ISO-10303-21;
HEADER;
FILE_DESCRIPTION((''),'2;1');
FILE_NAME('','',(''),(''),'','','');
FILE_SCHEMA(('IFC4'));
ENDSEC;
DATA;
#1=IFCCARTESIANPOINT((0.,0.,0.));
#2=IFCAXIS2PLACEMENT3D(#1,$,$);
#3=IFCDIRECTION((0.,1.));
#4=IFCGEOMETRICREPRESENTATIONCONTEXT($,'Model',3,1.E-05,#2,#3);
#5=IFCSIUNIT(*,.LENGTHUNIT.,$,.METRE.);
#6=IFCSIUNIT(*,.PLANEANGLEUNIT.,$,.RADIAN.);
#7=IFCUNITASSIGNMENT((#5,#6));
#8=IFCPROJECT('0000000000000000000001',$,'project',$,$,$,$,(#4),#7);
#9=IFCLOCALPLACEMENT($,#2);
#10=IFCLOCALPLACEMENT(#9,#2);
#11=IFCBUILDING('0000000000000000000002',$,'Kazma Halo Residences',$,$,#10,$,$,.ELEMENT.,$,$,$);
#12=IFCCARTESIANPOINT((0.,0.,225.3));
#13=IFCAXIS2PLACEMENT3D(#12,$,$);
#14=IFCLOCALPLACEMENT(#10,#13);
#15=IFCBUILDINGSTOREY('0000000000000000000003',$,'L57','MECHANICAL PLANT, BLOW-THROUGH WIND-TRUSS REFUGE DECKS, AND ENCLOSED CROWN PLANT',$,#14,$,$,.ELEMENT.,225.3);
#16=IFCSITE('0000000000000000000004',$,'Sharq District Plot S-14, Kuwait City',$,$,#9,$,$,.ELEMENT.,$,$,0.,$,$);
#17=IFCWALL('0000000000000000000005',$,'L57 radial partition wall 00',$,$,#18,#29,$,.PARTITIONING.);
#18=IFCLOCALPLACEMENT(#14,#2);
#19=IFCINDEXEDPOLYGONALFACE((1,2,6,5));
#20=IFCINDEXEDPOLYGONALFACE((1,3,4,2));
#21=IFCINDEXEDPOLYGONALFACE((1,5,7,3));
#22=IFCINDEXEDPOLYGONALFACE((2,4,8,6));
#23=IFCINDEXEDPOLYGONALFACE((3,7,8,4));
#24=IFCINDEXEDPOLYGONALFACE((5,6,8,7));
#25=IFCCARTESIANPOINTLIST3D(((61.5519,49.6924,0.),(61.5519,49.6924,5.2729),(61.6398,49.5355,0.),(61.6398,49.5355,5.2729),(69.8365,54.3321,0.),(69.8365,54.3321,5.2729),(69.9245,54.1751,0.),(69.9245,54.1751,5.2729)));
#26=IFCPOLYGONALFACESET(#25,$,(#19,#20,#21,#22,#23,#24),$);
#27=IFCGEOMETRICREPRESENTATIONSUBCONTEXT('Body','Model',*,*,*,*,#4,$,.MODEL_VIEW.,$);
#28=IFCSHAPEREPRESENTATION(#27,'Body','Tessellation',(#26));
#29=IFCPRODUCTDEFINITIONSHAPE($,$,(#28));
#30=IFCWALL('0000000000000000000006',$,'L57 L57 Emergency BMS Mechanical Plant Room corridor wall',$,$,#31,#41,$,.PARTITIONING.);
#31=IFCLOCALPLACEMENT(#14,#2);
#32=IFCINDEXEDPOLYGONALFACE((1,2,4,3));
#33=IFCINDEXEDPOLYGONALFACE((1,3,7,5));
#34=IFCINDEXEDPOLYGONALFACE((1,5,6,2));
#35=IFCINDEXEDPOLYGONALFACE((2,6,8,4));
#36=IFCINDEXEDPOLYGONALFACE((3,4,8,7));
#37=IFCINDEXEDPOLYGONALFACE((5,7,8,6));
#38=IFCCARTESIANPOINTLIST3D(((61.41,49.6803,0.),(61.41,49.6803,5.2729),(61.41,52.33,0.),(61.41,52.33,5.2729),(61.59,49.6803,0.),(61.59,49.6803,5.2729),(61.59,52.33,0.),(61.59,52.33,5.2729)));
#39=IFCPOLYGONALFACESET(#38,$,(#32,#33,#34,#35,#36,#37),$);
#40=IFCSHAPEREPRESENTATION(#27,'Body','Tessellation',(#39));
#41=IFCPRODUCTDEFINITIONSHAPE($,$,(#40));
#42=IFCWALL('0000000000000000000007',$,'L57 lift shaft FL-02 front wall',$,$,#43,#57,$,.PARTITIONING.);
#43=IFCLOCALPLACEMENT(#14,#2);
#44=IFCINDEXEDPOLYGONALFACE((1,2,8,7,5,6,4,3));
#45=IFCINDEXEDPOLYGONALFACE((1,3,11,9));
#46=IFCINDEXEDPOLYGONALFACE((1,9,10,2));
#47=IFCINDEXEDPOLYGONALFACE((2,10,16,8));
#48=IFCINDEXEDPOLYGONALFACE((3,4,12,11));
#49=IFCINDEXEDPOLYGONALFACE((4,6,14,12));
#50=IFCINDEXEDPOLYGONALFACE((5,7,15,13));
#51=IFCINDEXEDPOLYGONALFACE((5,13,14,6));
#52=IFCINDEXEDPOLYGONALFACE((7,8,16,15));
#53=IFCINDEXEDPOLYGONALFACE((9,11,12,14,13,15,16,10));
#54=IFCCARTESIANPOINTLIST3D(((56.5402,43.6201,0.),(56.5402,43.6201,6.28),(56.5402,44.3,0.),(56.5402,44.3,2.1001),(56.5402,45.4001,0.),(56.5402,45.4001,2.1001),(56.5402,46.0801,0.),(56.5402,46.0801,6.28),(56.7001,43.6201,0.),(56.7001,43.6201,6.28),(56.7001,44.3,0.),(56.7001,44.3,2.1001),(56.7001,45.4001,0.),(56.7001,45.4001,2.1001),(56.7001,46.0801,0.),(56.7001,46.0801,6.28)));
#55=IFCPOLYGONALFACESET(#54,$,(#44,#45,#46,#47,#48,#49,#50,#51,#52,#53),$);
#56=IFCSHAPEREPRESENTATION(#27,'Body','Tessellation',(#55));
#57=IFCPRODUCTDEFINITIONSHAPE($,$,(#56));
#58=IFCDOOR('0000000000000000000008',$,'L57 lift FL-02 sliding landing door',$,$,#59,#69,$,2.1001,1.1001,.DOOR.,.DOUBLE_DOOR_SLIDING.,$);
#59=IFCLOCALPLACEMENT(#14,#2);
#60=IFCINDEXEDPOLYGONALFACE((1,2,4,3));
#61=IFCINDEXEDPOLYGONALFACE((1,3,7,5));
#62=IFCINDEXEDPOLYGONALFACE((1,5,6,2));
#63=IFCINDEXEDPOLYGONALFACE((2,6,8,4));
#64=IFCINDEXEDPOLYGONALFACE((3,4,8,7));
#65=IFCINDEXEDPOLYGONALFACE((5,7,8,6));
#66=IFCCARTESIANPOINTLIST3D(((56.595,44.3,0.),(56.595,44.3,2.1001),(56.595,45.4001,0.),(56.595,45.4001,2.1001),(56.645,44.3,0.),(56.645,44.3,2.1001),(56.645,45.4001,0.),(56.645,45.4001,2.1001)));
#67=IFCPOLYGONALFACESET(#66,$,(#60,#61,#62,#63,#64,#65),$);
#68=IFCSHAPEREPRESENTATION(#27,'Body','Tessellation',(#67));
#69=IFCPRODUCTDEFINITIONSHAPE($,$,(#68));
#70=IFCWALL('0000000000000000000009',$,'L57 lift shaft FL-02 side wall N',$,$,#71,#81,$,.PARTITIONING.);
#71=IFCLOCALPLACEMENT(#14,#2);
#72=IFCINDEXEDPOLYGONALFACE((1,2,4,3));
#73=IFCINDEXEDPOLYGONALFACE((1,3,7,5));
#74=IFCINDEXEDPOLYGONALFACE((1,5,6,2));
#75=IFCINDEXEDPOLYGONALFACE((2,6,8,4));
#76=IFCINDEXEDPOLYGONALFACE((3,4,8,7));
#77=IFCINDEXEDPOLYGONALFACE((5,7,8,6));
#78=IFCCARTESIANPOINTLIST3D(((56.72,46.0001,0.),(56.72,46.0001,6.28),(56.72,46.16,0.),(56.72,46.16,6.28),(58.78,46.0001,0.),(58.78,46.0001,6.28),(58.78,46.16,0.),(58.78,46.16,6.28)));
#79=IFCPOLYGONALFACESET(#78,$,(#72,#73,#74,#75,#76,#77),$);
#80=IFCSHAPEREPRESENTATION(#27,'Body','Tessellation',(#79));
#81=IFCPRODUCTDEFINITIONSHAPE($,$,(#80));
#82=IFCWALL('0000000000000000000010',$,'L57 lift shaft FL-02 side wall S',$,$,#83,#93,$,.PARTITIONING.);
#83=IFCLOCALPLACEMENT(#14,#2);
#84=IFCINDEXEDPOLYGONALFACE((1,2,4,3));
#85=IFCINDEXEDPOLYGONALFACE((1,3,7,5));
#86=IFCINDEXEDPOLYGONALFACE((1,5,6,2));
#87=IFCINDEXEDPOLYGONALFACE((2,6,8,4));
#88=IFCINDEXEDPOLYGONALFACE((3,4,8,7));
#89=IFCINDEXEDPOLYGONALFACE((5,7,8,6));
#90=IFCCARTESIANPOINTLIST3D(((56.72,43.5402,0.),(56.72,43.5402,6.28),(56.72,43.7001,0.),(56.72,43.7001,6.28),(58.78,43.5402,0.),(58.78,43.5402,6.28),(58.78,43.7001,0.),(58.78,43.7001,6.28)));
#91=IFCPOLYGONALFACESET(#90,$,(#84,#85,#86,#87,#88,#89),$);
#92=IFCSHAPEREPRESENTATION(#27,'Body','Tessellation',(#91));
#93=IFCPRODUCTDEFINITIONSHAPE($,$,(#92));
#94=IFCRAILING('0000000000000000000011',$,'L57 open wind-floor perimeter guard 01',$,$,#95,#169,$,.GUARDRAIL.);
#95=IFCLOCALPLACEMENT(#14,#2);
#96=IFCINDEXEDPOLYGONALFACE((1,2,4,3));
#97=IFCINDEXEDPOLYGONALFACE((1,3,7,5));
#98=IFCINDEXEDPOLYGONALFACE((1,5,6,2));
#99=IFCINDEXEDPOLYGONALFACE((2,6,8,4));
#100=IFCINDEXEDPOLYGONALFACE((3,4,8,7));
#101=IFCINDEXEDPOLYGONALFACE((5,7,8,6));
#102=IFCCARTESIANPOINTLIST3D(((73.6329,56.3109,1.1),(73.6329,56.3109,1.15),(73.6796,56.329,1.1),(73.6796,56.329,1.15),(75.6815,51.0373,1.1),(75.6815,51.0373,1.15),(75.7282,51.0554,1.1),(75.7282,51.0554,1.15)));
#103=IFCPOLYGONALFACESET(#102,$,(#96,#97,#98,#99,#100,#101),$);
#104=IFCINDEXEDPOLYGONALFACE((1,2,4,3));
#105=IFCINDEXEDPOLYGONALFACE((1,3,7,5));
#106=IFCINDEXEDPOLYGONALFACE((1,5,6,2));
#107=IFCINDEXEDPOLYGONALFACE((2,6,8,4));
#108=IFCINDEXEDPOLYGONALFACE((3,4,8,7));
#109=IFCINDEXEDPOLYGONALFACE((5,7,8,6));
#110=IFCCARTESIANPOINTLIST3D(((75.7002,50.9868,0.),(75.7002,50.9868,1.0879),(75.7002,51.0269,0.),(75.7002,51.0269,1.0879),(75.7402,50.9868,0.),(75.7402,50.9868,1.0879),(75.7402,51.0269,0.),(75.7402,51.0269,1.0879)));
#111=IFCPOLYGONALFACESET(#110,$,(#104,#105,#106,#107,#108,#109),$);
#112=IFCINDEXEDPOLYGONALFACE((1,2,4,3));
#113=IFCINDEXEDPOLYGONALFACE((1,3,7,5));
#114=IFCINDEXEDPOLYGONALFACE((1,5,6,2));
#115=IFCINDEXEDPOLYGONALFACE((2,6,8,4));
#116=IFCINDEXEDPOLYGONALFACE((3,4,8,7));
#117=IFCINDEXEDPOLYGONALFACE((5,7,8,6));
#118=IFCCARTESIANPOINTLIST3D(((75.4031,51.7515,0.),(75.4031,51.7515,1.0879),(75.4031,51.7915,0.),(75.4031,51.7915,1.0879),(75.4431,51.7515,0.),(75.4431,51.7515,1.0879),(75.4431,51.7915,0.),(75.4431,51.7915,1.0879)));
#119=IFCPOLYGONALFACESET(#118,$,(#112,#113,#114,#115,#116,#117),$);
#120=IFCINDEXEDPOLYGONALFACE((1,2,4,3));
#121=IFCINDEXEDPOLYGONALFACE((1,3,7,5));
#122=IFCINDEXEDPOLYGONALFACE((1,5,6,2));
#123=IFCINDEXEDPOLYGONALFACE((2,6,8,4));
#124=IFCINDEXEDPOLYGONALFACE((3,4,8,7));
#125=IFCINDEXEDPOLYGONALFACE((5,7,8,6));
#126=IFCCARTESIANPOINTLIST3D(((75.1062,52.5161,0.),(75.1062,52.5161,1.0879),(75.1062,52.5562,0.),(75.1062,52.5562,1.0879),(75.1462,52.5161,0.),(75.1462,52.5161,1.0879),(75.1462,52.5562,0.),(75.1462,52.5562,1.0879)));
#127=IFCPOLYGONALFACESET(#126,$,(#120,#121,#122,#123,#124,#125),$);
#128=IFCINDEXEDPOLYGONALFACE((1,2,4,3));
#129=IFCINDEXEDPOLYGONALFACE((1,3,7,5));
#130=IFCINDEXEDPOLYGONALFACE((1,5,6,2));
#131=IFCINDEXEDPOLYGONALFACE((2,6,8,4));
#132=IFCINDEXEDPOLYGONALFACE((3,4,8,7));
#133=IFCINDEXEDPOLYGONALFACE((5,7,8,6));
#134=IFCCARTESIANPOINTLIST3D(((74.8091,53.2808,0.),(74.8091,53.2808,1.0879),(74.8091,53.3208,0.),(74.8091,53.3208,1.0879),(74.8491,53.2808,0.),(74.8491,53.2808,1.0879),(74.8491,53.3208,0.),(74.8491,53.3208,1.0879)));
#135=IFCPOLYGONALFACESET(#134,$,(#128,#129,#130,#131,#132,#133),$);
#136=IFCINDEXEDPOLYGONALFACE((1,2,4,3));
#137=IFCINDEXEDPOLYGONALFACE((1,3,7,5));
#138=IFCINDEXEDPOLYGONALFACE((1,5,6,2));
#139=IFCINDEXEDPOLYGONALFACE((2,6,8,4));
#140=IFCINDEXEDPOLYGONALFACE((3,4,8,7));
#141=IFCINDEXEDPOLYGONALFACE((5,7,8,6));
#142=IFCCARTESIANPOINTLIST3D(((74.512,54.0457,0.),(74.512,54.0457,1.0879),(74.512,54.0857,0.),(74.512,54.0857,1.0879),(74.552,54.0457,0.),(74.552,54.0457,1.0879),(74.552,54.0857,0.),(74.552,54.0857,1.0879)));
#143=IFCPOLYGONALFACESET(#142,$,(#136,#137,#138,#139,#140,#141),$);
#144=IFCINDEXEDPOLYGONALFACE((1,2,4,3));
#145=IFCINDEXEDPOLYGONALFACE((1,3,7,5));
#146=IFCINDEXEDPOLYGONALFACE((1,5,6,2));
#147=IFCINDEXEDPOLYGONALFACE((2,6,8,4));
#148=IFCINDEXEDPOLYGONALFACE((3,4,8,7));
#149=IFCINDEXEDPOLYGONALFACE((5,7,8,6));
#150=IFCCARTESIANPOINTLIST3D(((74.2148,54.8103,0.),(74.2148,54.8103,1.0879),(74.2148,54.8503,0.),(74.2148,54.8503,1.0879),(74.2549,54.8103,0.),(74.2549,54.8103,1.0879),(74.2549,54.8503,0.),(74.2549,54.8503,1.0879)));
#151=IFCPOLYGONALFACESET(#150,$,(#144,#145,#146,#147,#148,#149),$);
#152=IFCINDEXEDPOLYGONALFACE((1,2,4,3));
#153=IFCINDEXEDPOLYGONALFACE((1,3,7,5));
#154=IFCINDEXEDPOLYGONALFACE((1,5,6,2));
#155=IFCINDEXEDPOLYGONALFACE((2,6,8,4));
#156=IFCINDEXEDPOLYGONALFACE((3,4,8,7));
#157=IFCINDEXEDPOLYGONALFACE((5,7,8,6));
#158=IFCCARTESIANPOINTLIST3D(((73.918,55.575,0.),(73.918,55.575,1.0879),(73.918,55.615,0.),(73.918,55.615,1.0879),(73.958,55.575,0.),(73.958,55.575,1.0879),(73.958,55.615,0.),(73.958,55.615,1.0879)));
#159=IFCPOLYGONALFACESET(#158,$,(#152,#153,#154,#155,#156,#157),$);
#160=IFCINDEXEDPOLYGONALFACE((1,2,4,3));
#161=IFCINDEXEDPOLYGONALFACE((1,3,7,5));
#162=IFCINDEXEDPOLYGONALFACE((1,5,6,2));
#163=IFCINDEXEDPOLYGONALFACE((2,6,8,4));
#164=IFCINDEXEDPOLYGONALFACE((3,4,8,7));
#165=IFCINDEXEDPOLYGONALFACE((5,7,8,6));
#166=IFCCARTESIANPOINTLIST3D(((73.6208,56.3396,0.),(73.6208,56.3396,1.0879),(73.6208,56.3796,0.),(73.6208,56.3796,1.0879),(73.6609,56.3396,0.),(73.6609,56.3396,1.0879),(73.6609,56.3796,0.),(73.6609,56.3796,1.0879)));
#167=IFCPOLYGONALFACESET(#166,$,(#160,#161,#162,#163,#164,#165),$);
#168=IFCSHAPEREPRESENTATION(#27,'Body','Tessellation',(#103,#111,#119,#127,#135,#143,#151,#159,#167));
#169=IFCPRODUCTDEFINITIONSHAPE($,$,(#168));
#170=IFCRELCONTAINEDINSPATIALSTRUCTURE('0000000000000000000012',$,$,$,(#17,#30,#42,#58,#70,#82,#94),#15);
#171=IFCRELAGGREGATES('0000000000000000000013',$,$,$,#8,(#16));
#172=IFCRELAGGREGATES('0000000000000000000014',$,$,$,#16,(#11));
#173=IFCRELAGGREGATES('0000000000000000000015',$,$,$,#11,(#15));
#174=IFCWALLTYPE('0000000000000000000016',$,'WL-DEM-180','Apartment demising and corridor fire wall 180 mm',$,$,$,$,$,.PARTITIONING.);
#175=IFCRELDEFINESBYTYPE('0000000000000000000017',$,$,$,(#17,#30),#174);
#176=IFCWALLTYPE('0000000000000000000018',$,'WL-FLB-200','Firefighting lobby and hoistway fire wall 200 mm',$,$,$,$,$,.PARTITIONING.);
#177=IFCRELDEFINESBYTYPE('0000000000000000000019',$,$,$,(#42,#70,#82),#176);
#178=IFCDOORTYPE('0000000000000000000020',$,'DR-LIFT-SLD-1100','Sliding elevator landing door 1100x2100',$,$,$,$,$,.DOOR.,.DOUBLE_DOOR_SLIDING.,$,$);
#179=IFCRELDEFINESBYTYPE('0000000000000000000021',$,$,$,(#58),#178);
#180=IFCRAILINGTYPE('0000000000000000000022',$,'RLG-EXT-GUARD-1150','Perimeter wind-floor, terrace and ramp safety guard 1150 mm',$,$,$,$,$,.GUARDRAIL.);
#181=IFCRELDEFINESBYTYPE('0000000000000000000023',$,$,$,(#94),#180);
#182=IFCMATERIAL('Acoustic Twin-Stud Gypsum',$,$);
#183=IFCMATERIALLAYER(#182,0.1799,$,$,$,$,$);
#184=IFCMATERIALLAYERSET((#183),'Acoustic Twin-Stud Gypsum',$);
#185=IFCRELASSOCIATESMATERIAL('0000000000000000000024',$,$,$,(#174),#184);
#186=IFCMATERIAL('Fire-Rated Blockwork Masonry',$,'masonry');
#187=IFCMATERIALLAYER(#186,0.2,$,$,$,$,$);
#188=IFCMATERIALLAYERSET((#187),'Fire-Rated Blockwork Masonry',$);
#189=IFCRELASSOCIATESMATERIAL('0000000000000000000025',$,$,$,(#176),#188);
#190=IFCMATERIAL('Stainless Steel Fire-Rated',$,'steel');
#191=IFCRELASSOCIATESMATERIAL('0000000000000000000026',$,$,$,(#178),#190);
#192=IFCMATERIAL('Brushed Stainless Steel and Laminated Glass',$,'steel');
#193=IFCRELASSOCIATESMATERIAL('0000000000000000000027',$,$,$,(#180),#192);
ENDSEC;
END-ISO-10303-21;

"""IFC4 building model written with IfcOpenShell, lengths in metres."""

from ifc_helpers import new_model, si_unit, direction, frame, frame_2d, origin, origin_2d, place, context, subcontext, project, spatial, rectangle, extrude, material, layer, layer_set, type_object, element, fill, save


model = new_model("IFC4")

# Units and contexts
model_context = context("Model", 3, precision=1e-05, world=origin(), true_north=direction((0.0, 1.0)))
body_context = subcontext(model_context, "Body", "Model", "MODEL_VIEW")
ifc_project = project(units=[si_unit("LENGTHUNIT", "METRE"), si_unit("PLANEANGLEUNIT", "RADIAN")], contexts=[model_context])

# Site, building, storey
site_placement = place(None, origin())
site = spatial("IfcSite", under=ifc_project, at=site_placement, Name="Sharq District Plot S-14, Kuwait City", CompositionType="ELEMENT", RefElevation=0.0)
building_placement = place(site_placement, origin())
building = spatial("IfcBuilding", under=site, at=building_placement, Name="Kazma Halo Residences", CompositionType="ELEMENT")
storey_placement = place(building_placement, frame((0.0, 0.0, 225.3)))
storey = spatial("IfcBuildingStorey", under=building, at=storey_placement, Name="L57", Description="MECHANICAL PLANT, BLOW-THROUGH WIND-TRUSS REFUGE DECKS, AND ENCLOSED CROWN PLANT", CompositionType="ELEMENT", Elevation=225.3)

# Shared definitions
ifc_material_1 = material(Name="Acoustic Twin-Stud Gypsum")
ifc_layer_1 = layer(ifc_material_1, 0.1799)
ifc_layer_set_1 = layer_set([ifc_layer_1], Name="Acoustic Twin-Stud Gypsum")
wall_type_1 = type_object("IfcWallType", Name="WL-DEM-180", Description="Apartment demising and corridor fire wall 180 mm", PredefinedType="PARTITIONING", material=ifc_layer_set_1)

# Walls
wall_1_placement = place(storey_placement, frame((61.5959, 49.614, 0.0), z_axis=(0.0, 0.0, 1.0), x_axis=(0.872495, 0.488622, 0.0)))
element("IfcWall", 1, at=wall_1_placement, inside=storey, type_object=wall_type_1, Name="L57 radial partition wall 00", PredefinedType="PARTITIONING", context=body_context, shape_type="SweptSolid", body=[
    extrude(rectangle(XDim=9.4954, YDim=0.1799, at=frame_2d((4.7476, 0.0))), origin(), (0.0, 0.0, 1.0), 5.2729),
])
wall_2_placement = place(storey_placement, frame((61.5, 49.6804, 0.0), z_axis=(0.0, 0.0, 1.0), x_axis=(0.0, 1.0, 0.0)))
element("IfcWall", 2, at=wall_2_placement, inside=storey, type_object=wall_type_1, Name="L57 L57 Emergency BMS Mechanical Plant Room corridor wall", PredefinedType="PARTITIONING", context=body_context, shape_type="SweptSolid", body=[
    extrude(rectangle(XDim=2.6497, YDim=0.1799, at=frame_2d((1.3247, 0.0))), origin(), (0.0, 0.0, 1.0), 5.2729),
])

# Wall, opening, door
ifc_material_2 = material(Name="Fire-Rated Blockwork Masonry", Category="masonry")
ifc_layer_2 = layer(ifc_material_2, 0.2)
ifc_layer_set_2 = layer_set([ifc_layer_2], Name="Fire-Rated Blockwork Masonry")
wall_type_2 = type_object("IfcWallType", Name="WL-FLB-200", Description="Firefighting lobby and hoistway fire wall 200 mm", PredefinedType="PARTITIONING", material=ifc_layer_set_2)
wall_3_placement = place(storey_placement, frame((56.6201, 46.0801, 0.0), z_axis=(0.0, 0.0, 1.0), x_axis=(0.0, -1.0, 0.0)))
wall_3 = element("IfcWall", 3, at=wall_3_placement, inside=storey, type_object=wall_type_2, Name="L57 lift shaft FL-02 front wall", PredefinedType="PARTITIONING", context=body_context, shape_type="SweptSolid", body=[
    extrude(rectangle(XDim=2.46, YDim=0.1599, at=frame_2d((1.23, 0.0))), origin(), (0.0, 0.0, 1.0), 6.28),
])
opening_1_placement = place(wall_3_placement, frame((0.6799, 0.0, 0.0)))
opening_1 = element("IfcOpeningElement", 4, at=opening_1_placement, cuts=wall_3, PredefinedType="OPENING", context=body_context, shape_type="SweptSolid", body=[
    extrude(rectangle(XDim=1.1001, YDim=2.1001, at=frame_2d((0.55, 1.05))), frame((0.0, 0.0898, 0.0), z_axis=(0.0, -1.0, 0.0), x_axis=(1.0, 0.0, 0.0)), (0.0, 0.0, 1.0), 0.1799),
])
ifc_material_3 = material(Name="Stainless Steel Fire-Rated", Category="steel")
door_type_1 = type_object("IfcDoorType", Name="DR-LIFT-SLD-1100", Description="Sliding elevator landing door 1100x2100", OperationType="DOUBLE_DOOR_SLIDING", PredefinedType="DOOR", material=ifc_material_3)
door_1_placement = place(opening_1_placement, origin())
door_1 = element("IfcDoor", 5, at=door_1_placement, inside=storey, type_object=door_type_1, Name="L57 lift FL-02 sliding landing door", OperationType="DOUBLE_DOOR_SLIDING", OverallHeight=2.1001, OverallWidth=1.1001, PredefinedType="DOOR", context=body_context, shape_type="SweptSolid", body=[
    extrude(rectangle(XDim=1.1001, YDim=2.1001, at=frame_2d((0.55, 1.05))), frame((0.0, 0.0249, 0.0), z_axis=(0.0, -1.0, 0.0), x_axis=(1.0, 0.0, 0.0)), (0.0, 0.0, 1.0), 0.05),
])
fill(opening_1, door_1)

# Walls
for number, where, z_axis, x_axis, name in (
    (6, (56.72, 46.0801, 0.0), (0.0, 0.0, 1.0), (1.0, 0.0, 0.0), "L57 lift shaft FL-02 side wall N"),
    (7, (56.72, 43.6201, 0.0), (0.0, 0.0, 1.0), (1.0, 0.0, 0.0), "L57 lift shaft FL-02 side wall S"),
):
    element("IfcWall", number, at=place(storey_placement, frame(where, z_axis=z_axis, x_axis=x_axis)), inside=storey, type_object=wall_type_2, Name=name, PredefinedType="PARTITIONING", context=body_context, shape_type="SweptSolid", body=[
        extrude(rectangle(XDim=2.0601, YDim=0.1599, at=frame_2d((1.03, 0.0))), origin(), (0.0, 0.0, 1.0), 6.28),
    ])

# Railing
ifc_material_4 = material(Name="Brushed Stainless Steel and Laminated Glass", Category="steel")
railing_type = type_object("IfcRailingType", Name="RLG-EXT-GUARD-1150", Description="Perimeter wind-floor, terrace and ramp safety guard 1150 mm", PredefinedType="GUARDRAIL", material=ifc_material_4)
railing_1_placement = place(storey_placement, frame((75.7202, 51.0068, 0.0)))
element("IfcRailing", 8, at=railing_1_placement, inside=storey, type_object=railing_type, Name="L57 open wind-floor perimeter guard 01", PredefinedType="GUARDRAIL", context=body_context, shape_type="SweptSolid", body=[
    extrude(rectangle(XDim=0.05, YDim=0.05, at=origin_2d()), frame((-0.0154, 0.0396, 1.125), z_axis=(-0.3621, 0.932139, 0.0), x_axis=(-0.932139, -0.3621, 0.0)), (0.0, 0.0, 1.0), 5.6575),
    extrude(rectangle(XDim=0.04, YDim=0.04, at=origin_2d()), origin(), (0.0, 0.0, 1.0), 1.0879),
    extrude(rectangle(XDim=0.04, YDim=0.04, at=origin_2d()), frame((-0.2971, 0.7646, 0.0)), (0.0, 0.0, 1.0), 1.0879),
    extrude(rectangle(XDim=0.04, YDim=0.04, at=origin_2d()), frame((-0.594, 1.5293, 0.0)), (0.0, 0.0, 1.0), 1.0879),
    extrude(rectangle(XDim=0.04, YDim=0.04, at=origin_2d()), frame((-0.8911, 2.2939, 0.0)), (0.0, 0.0, 1.0), 1.0879),
    extrude(rectangle(XDim=0.04, YDim=0.04, at=origin_2d()), frame((-1.1882, 3.0588, 0.0)), (0.0, 0.0, 1.0), 1.0879),
    extrude(rectangle(XDim=0.04, YDim=0.04, at=origin_2d()), frame((-1.4854, 3.8235, 0.0)), (0.0, 0.0, 1.0), 1.0879),
    extrude(rectangle(XDim=0.04, YDim=0.04, at=origin_2d()), frame((-1.7822, 4.5881, 0.0)), (0.0, 0.0, 1.0), 1.0879),
    extrude(rectangle(XDim=0.04, YDim=0.04, at=origin_2d()), frame((-2.0793, 5.3528, 0.0)), (0.0, 0.0, 1.0), 1.0879),
])

save(model, "model.ifc")
